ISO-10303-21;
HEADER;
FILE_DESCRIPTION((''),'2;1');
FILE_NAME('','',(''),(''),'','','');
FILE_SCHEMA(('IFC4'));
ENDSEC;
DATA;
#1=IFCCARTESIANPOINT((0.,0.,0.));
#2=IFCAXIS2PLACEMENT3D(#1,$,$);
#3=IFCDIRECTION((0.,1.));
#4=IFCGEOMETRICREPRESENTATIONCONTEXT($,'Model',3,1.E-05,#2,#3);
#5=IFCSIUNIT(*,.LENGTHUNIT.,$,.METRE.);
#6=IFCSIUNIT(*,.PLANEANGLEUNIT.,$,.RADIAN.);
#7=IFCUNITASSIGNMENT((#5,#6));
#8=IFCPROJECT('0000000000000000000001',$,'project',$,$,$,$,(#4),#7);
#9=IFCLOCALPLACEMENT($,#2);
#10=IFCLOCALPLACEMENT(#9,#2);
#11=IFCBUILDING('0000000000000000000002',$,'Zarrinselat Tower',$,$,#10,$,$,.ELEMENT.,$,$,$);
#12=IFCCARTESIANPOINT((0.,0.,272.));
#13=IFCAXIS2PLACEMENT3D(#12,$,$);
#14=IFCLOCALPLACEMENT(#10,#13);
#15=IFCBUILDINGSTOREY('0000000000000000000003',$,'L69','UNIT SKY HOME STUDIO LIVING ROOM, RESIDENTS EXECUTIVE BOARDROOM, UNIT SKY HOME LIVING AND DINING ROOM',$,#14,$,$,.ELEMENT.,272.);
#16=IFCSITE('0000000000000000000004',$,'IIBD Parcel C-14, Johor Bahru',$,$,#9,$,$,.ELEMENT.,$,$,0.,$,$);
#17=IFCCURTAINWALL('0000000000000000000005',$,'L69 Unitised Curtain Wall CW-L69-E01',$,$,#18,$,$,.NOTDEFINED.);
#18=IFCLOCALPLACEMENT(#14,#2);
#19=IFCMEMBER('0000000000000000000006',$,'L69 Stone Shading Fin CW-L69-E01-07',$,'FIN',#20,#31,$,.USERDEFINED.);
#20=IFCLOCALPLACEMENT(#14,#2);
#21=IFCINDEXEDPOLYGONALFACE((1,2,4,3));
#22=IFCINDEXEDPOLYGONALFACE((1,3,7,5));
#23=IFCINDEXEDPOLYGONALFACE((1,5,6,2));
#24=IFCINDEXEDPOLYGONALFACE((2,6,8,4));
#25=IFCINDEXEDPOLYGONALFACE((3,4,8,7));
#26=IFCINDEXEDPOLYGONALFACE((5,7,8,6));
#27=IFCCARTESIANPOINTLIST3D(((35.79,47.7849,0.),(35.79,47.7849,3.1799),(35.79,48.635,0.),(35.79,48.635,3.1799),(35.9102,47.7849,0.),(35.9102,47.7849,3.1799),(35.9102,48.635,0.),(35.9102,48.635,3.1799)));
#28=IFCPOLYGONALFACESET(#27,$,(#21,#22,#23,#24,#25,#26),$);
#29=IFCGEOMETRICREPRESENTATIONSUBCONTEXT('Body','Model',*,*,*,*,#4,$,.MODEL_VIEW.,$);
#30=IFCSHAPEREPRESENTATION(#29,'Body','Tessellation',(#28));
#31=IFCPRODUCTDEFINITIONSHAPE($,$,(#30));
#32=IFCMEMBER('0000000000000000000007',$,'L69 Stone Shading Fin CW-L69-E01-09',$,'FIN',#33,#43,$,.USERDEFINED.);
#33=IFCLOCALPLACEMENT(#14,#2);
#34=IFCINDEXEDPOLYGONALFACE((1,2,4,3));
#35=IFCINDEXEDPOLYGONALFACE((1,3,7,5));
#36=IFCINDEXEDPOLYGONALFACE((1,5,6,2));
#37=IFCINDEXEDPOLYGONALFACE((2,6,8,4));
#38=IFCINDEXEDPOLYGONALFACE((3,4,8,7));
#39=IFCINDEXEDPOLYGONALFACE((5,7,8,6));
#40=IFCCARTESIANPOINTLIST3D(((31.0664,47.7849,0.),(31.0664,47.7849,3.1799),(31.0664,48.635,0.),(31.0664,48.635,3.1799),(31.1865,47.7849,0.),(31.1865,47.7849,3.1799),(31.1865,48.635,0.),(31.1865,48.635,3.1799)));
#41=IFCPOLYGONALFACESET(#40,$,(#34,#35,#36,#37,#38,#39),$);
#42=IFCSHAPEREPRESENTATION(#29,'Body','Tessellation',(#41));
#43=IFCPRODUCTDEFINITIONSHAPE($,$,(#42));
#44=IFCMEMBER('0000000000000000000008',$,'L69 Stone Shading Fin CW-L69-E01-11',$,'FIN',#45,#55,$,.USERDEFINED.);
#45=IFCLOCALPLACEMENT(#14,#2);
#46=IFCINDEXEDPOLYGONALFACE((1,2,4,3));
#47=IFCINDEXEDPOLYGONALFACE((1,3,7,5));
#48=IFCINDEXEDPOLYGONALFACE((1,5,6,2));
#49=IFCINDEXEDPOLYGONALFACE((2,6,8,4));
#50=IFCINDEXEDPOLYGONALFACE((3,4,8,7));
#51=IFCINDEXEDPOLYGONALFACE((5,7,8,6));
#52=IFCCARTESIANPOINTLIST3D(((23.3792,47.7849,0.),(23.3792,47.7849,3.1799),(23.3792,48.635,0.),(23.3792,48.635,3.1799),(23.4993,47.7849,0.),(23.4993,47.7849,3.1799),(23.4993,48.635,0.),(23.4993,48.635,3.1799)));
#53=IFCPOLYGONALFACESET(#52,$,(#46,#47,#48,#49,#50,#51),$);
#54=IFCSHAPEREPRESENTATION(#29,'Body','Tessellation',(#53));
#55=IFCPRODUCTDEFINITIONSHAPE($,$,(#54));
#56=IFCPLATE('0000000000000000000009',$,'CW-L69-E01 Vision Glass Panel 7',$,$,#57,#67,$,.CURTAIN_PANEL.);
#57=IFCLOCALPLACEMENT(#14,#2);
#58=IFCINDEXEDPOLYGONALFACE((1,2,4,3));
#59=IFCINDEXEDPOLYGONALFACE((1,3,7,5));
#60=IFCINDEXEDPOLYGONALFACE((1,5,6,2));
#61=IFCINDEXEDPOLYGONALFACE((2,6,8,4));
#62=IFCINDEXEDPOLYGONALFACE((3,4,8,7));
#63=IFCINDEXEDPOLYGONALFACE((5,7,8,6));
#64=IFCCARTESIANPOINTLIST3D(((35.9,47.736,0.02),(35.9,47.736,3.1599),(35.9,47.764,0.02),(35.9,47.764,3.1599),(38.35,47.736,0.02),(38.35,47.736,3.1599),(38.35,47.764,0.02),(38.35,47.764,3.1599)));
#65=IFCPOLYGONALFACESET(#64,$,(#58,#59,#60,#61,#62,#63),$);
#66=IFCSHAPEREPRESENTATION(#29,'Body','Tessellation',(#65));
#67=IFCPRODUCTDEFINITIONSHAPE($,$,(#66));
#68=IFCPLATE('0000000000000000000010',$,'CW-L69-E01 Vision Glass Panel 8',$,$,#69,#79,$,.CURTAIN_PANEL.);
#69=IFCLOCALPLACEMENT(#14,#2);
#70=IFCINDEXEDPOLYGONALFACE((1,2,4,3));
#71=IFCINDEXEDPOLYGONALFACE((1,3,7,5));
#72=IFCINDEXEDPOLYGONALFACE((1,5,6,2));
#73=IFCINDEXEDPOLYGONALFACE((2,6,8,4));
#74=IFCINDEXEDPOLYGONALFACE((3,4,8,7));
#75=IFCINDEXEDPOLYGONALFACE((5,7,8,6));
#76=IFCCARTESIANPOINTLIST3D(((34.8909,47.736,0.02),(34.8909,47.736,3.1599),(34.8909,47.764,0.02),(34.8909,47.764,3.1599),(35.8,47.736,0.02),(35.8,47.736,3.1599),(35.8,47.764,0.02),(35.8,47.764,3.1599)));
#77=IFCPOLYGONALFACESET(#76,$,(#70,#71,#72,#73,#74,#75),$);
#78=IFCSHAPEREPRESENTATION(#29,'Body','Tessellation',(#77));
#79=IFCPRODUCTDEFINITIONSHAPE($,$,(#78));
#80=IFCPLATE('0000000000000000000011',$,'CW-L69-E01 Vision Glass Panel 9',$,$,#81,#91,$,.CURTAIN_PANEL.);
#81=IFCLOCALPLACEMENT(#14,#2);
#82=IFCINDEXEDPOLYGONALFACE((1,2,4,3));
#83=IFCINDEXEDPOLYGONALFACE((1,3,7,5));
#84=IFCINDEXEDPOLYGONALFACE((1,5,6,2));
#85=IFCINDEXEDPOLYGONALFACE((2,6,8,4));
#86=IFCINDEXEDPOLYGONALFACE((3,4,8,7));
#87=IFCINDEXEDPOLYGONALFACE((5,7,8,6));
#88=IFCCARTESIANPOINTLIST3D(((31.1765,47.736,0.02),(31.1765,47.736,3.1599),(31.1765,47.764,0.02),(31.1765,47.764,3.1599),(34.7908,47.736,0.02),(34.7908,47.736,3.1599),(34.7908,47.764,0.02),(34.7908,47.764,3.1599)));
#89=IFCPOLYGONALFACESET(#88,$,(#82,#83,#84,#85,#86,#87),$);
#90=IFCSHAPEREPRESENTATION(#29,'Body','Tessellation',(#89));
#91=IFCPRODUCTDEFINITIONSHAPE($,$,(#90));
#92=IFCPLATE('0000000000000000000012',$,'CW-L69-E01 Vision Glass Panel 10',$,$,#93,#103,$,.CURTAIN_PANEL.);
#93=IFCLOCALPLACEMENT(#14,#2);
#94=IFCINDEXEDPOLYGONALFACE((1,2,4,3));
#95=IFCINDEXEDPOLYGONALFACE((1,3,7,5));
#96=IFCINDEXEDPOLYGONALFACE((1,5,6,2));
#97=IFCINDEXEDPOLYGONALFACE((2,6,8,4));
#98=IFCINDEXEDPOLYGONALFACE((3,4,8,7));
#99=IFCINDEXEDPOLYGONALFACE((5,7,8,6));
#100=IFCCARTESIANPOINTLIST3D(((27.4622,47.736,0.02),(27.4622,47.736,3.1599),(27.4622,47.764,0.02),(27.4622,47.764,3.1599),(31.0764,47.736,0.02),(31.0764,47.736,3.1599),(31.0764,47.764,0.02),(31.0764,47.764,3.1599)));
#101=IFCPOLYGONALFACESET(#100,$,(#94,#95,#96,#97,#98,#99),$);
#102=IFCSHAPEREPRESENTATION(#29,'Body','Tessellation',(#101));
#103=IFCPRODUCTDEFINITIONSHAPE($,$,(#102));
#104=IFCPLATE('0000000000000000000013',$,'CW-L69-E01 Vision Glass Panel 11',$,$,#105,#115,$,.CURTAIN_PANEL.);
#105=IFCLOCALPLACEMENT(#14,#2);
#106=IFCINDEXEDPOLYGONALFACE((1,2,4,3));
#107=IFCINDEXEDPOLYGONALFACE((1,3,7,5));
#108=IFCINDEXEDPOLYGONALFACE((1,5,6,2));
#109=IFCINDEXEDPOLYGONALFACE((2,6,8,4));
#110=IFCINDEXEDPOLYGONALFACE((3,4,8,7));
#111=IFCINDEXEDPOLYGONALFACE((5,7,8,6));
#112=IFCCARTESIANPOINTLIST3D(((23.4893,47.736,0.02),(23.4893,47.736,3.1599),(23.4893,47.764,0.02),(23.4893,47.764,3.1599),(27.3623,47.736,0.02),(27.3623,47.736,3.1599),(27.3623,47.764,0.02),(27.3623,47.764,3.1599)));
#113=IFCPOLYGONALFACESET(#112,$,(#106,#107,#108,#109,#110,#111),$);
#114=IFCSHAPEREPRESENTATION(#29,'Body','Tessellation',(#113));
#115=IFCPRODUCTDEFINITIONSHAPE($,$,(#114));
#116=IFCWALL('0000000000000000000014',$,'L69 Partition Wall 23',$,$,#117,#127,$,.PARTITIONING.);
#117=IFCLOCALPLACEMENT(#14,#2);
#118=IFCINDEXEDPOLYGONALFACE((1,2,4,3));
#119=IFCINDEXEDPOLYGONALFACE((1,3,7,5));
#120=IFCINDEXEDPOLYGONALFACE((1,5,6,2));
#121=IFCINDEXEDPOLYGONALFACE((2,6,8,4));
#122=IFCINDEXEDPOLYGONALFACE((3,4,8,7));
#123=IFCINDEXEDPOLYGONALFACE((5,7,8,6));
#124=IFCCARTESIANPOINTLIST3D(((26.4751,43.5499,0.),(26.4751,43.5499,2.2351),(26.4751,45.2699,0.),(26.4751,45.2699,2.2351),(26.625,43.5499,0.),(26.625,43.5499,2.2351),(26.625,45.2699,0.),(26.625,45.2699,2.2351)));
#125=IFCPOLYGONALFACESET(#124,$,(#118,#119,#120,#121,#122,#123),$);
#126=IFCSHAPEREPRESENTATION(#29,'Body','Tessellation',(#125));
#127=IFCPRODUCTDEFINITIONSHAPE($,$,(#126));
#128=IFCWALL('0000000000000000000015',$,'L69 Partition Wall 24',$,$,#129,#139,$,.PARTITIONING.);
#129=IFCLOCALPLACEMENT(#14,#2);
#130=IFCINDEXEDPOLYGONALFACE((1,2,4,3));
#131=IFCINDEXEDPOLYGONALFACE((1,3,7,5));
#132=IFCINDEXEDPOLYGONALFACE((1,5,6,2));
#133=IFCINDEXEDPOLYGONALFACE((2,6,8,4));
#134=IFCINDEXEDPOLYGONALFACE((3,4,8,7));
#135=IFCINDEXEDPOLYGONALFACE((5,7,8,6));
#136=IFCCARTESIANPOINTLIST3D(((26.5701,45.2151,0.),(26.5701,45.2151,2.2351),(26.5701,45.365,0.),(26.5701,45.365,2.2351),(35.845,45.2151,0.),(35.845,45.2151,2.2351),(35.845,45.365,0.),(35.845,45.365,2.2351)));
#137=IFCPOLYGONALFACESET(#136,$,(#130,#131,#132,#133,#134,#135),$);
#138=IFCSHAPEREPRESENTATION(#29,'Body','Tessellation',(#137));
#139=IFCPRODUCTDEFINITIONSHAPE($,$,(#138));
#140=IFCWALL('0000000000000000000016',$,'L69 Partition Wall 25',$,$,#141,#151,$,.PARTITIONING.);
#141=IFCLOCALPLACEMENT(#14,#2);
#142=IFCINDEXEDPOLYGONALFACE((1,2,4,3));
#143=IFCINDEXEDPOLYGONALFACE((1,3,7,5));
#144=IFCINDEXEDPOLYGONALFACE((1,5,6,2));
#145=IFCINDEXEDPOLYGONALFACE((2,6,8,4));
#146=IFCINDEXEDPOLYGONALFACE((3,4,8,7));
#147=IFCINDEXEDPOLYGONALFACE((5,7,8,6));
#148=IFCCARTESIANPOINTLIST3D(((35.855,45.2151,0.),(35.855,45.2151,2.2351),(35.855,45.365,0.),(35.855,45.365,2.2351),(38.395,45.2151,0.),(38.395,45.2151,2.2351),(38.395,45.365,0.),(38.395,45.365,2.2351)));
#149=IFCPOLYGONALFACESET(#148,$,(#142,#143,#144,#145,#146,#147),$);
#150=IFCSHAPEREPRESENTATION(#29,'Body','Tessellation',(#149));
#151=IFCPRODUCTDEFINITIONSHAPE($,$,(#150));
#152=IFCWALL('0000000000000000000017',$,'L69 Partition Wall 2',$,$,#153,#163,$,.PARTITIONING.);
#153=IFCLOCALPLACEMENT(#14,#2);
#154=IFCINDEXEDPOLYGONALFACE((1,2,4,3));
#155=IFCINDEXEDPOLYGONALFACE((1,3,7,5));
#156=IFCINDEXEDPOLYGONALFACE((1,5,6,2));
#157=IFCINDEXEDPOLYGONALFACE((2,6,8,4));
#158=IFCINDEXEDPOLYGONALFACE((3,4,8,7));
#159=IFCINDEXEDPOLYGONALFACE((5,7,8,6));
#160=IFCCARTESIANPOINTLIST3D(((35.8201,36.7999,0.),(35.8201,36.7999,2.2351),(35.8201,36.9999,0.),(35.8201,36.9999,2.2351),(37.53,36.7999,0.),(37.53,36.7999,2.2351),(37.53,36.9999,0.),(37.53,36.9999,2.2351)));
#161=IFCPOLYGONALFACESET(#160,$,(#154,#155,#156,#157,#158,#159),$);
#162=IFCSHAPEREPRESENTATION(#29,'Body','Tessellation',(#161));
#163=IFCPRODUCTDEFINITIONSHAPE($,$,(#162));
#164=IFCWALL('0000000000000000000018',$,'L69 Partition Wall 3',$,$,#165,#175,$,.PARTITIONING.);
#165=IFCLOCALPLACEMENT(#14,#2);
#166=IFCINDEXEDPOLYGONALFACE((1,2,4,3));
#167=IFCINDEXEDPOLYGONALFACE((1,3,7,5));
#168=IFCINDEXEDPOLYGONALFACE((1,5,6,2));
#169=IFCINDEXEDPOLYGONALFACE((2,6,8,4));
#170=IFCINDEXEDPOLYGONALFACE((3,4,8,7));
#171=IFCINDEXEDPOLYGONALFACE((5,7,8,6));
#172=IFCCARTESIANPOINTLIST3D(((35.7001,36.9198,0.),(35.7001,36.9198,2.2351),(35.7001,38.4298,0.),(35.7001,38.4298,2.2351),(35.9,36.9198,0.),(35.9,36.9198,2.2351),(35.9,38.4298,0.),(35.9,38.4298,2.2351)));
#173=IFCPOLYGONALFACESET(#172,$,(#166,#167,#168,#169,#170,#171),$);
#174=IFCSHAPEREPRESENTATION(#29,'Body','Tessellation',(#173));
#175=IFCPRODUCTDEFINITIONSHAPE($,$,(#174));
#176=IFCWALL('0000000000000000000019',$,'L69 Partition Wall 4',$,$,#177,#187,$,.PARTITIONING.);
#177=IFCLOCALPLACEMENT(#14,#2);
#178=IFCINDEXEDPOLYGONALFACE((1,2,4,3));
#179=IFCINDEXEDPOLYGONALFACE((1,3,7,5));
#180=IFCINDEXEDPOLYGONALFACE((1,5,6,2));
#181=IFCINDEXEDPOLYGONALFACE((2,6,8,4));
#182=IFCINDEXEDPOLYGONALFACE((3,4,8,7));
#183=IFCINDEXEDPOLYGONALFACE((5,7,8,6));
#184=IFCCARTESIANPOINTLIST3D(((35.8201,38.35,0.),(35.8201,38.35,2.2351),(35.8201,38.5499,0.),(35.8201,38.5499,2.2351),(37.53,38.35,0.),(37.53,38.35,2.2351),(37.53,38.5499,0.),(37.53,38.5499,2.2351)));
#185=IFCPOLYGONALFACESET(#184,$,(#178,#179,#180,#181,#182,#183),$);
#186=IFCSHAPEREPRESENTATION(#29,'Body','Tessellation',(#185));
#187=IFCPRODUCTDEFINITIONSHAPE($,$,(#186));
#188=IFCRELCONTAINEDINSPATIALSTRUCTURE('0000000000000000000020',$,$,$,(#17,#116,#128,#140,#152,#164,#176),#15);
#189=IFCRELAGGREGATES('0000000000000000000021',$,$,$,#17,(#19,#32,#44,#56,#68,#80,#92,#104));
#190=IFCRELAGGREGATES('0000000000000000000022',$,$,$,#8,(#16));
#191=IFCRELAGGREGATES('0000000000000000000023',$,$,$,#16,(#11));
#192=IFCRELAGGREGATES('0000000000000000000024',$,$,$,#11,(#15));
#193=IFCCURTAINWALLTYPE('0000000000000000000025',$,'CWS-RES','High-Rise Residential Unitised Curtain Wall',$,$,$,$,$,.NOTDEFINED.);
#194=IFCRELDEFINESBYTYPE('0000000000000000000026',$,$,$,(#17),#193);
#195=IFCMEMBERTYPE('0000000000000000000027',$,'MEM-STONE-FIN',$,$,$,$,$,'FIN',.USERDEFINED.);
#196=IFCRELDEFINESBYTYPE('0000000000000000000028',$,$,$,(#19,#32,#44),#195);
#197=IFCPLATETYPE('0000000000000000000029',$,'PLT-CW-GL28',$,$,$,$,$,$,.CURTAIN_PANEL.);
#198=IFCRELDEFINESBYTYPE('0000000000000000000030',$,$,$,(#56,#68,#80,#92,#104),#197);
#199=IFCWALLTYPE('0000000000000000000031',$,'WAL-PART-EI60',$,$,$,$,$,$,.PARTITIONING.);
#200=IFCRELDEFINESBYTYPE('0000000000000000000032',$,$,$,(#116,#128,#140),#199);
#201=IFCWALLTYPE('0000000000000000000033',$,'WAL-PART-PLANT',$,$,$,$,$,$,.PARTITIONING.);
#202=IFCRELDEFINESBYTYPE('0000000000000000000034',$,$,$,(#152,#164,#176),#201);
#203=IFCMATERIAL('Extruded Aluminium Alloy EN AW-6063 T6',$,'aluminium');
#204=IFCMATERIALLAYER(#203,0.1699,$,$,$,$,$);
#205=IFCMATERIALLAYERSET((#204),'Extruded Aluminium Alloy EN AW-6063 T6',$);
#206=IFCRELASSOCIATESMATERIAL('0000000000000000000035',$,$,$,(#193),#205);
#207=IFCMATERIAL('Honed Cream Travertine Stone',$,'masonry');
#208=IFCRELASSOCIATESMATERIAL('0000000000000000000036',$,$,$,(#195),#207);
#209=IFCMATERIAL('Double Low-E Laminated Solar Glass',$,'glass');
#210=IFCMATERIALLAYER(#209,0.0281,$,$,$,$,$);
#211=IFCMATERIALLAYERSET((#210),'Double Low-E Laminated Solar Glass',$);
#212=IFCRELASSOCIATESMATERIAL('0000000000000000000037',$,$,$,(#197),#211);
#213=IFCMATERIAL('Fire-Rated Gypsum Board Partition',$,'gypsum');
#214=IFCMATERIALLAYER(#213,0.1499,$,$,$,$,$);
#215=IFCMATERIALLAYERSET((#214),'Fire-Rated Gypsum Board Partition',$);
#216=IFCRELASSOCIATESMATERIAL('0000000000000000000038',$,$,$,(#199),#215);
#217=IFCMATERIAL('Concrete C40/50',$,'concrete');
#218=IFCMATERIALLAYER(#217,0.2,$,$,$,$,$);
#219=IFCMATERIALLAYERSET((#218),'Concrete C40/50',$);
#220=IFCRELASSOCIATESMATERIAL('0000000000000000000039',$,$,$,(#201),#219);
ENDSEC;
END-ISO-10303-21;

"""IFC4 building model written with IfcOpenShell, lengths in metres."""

from ifc_helpers import new_model, si_unit, direction, frame, frame_2d, origin, origin_2d, place, context, subcontext, project, spatial, rectangle, extrude, material, layer, layer_set, material_profile, profile_set, type_object, element, aggregate, save


model = new_model("IFC4")

# Units and contexts
model_context = context("Model", 3, precision=1e-05, world=origin(), true_north=direction((0.0, 1.0)))
body_context = subcontext(model_context, "Body", "Model", "MODEL_VIEW")
ifc_project = project(units=[si_unit("LENGTHUNIT", "METRE"), si_unit("PLANEANGLEUNIT", "RADIAN")], contexts=[model_context])

# Site, building, storey
site_placement = place(None, origin())
site = spatial("IfcSite", under=ifc_project, at=site_placement, Name="IIBD Parcel C-14, Johor Bahru", CompositionType="ELEMENT", RefElevation=0.0)
building_placement = place(site_placement, origin())
building = spatial("IfcBuilding", under=site, at=building_placement, Name="Zarrinselat Tower", CompositionType="ELEMENT")
storey_placement = place(building_placement, frame((0.0, 0.0, 272.0)))
storey = spatial("IfcBuildingStorey", under=building, at=storey_placement, Name="L69", Description="UNIT SKY HOME STUDIO LIVING ROOM, RESIDENTS EXECUTIVE BOARDROOM, UNIT SKY HOME LIVING AND DINING ROOM", CompositionType="ELEMENT", Elevation=272.0)

# Curtain wall, members, plates
ifc_material_1 = material(Name="Extruded Aluminium Alloy EN AW-6063 T6", Category="aluminium")
ifc_layer_1 = layer(ifc_material_1, 0.1699)
ifc_layer_set_1 = layer_set([ifc_layer_1], Name="Extruded Aluminium Alloy EN AW-6063 T6")
curtain_wall_type = type_object("IfcCurtainWallType", Name="CWS-RES", Description="High-Rise Residential Unitised Curtain Wall", PredefinedType="NOTDEFINED", material=ifc_layer_set_1)
curtain_wall_placement = place(storey_placement, origin())
curtain_wall = element("IfcCurtainWall", 1, at=curtain_wall_placement, inside=storey, type_object=curtain_wall_type, Name="L69 Unitised Curtain Wall CW-L69-E01", PredefinedType="NOTDEFINED")
ifc_material_2 = material(Name="Honed Cream Travertine Stone", Category="masonry")
ifc_material_profile_1 = material_profile(ifc_material_2, rectangle(XDim=0.1201, YDim=0.8501, at=origin_2d()), Name="FIN 850x120")
ifc_profile_set_1 = profile_set([ifc_material_profile_1], Name="Honed Cream Travertine Stone")
member_type_1 = type_object("IfcMemberType", Name="MEM-STONE-FIN", ElementType="FIN", PredefinedType="USERDEFINED", material=ifc_profile_set_1)
member_1_placement = place(storey_placement, frame((35.8501, 48.21, 0.0), z_axis=(0.0, 0.0, 1.0), x_axis=(1.0, 0.0, 0.0)))
member_1 = element("IfcMember", 2, at=member_1_placement, type_object=member_type_1, Name="L69 Stone Shading Fin CW-L69-E01-07", ObjectType="FIN", PredefinedType="USERDEFINED", context=body_context, shape_type="SweptSolid", body=[
    extrude(rectangle(XDim=0.1201, YDim=0.8501, at=origin_2d()), origin(), (0.0, 0.0, 1.0), 3.1799),
])
member_2_placement = place(storey_placement, frame((31.1265, 48.21, 0.0), z_axis=(0.0, 0.0, 1.0), x_axis=(1.0, 0.0, 0.0)))
member_2 = element("IfcMember", 3, at=member_2_placement, type_object=member_type_1, Name="L69 Stone Shading Fin CW-L69-E01-09", ObjectType="FIN", PredefinedType="USERDEFINED", context=body_context, shape_type="SweptSolid", body=[
    extrude(rectangle(XDim=0.1201, YDim=0.8501, at=origin_2d()), origin(), (0.0, 0.0, 1.0), 3.1799),
])
member_3_placement = place(storey_placement, frame((23.4392, 48.21, 0.0), z_axis=(0.0, 0.0, 1.0), x_axis=(1.0, 0.0, 0.0)))
member_3 = element("IfcMember", 4, at=member_3_placement, type_object=member_type_1, Name="L69 Stone Shading Fin CW-L69-E01-11", ObjectType="FIN", PredefinedType="USERDEFINED", context=body_context, shape_type="SweptSolid", body=[
    extrude(rectangle(XDim=0.1201, YDim=0.8501, at=origin_2d()), origin(), (0.0, 0.0, 1.0), 3.1799),
])
ifc_material_3 = material(Name="Double Low-E Laminated Solar Glass", Category="glass")
ifc_layer_2 = layer(ifc_material_3, 0.0281)
ifc_layer_set_2 = layer_set([ifc_layer_2], Name="Double Low-E Laminated Solar Glass")
plate_type = type_object("IfcPlateType", Name="PLT-CW-GL28", PredefinedType="CURTAIN_PANEL", material=ifc_layer_set_2)
plate_1_placement = place(storey_placement, frame((37.125, 47.75, 0.02), z_axis=(0.0, 0.0, 1.0), x_axis=(-1.0, 0.0, 0.0)))
plate_1 = element("IfcPlate", 5, at=plate_1_placement, type_object=plate_type, Name="CW-L69-E01 Vision Glass Panel 7", PredefinedType="CURTAIN_PANEL", context=body_context, shape_type="SweptSolid", body=[
    extrude(rectangle(XDim=2.45, YDim=0.0281, at=origin_2d()), origin(), (0.0, 0.0, 1.0), 3.1399),
])
plate_2_placement = place(storey_placement, frame((35.3455, 47.75, 0.02), z_axis=(0.0, 0.0, 1.0), x_axis=(-1.0, 0.0, 0.0)))
plate_2 = element("IfcPlate", 6, at=plate_2_placement, type_object=plate_type, Name="CW-L69-E01 Vision Glass Panel 8", PredefinedType="CURTAIN_PANEL", context=body_context, shape_type="SweptSolid", body=[
    extrude(rectangle(XDim=0.9092, YDim=0.0281, at=origin_2d()), origin(), (0.0, 0.0, 1.0), 3.1399),
])
plate_3_placement = place(storey_placement, frame((32.9836, 47.75, 0.02), z_axis=(0.0, 0.0, 1.0), x_axis=(-1.0, 0.0, 0.0)))
plate_3 = element("IfcPlate", 7, at=plate_3_placement, type_object=plate_type, Name="CW-L69-E01 Vision Glass Panel 9", PredefinedType="CURTAIN_PANEL", context=body_context, shape_type="SweptSolid", body=[
    extrude(rectangle(XDim=3.6143, YDim=0.0281, at=origin_2d()), origin(), (0.0, 0.0, 1.0), 3.1399),
])
plate_4_placement = place(storey_placement, frame((29.2693, 47.75, 0.02), z_axis=(0.0, 0.0, 1.0), x_axis=(-1.0, 0.0, 0.0)))
plate_4 = element("IfcPlate", 8, at=plate_4_placement, type_object=plate_type, Name="CW-L69-E01 Vision Glass Panel 10", PredefinedType="CURTAIN_PANEL", context=body_context, shape_type="SweptSolid", body=[
    extrude(rectangle(XDim=3.6143, YDim=0.0281, at=origin_2d()), origin(), (0.0, 0.0, 1.0), 3.1399),
])
plate_5_placement = place(storey_placement, frame((25.4258, 47.75, 0.02), z_axis=(0.0, 0.0, 1.0), x_axis=(-1.0, 0.0, 0.0)))
plate_5 = element("IfcPlate", 9, at=plate_5_placement, type_object=plate_type, Name="CW-L69-E01 Vision Glass Panel 11", PredefinedType="CURTAIN_PANEL", context=body_context, shape_type="SweptSolid", body=[
    extrude(rectangle(XDim=3.873, YDim=0.0281, at=origin_2d()), origin(), (0.0, 0.0, 1.0), 3.1399),
])
aggregate(curtain_wall, [member_1, member_2, member_3, plate_1, plate_2, plate_3, plate_4, plate_5])

# Walls
ifc_material_4 = material(Name="Fire-Rated Gypsum Board Partition", Category="gypsum")
ifc_layer_3 = layer(ifc_material_4, 0.1499)
ifc_layer_set_3 = layer_set([ifc_layer_3], Name="Fire-Rated Gypsum Board Partition")
wall_type_1 = type_object("IfcWallType", Name="WAL-PART-EI60", PredefinedType="PARTITIONING", material=ifc_layer_set_3)
wall_1_placement = place(storey_placement, frame((26.55, 43.55, 0.0), z_axis=(0.0, 0.0, 1.0), x_axis=(0.0, 1.0, 0.0)))
element("IfcWall", 10, at=wall_1_placement, inside=storey, type_object=wall_type_1, Name="L69 Partition Wall 23", PredefinedType="PARTITIONING", context=body_context, shape_type="SweptSolid", body=[
    extrude(rectangle(XDim=1.72, YDim=0.1499, at=frame_2d((0.8599, 0.0))), origin(), (0.0, 0.0, 1.0), 2.2351),
])
wall_2_placement = place(storey_placement, frame((26.5701, 45.29, 0.0), z_axis=(0.0, 0.0, 1.0), x_axis=(1.0, 0.0, 0.0)))
element("IfcWall", 11, at=wall_2_placement, inside=storey, type_object=wall_type_1, Name="L69 Partition Wall 24", PredefinedType="PARTITIONING", context=body_context, shape_type="SweptSolid", body=[
    extrude(rectangle(XDim=9.2749, YDim=0.1499, at=frame_2d((4.6375, 0.0))), origin(), (0.0, 0.0, 1.0), 2.2351),
])
wall_3_placement = place(storey_placement, frame((35.855, 45.29, 0.0), z_axis=(0.0, 0.0, 1.0), x_axis=(1.0, 0.0, 0.0)))
element("IfcWall", 12, at=wall_3_placement, inside=storey, type_object=wall_type_1, Name="L69 Partition Wall 25", PredefinedType="PARTITIONING", context=body_context, shape_type="SweptSolid", body=[
    extrude(rectangle(XDim=2.54, YDim=0.1499, at=frame_2d((1.27, 0.0))), origin(), (0.0, 0.0, 1.0), 2.2351),
])
ifc_material_5 = material(Name="Concrete C40/50", Category="concrete")
ifc_layer_4 = layer(ifc_material_5, 0.2)
ifc_layer_set_4 = layer_set([ifc_layer_4], Name="Concrete C40/50")
wall_type_2 = type_object("IfcWallType", Name="WAL-PART-PLANT", PredefinedType="PARTITIONING", material=ifc_layer_set_4)
wall_4_placement = place(storey_placement, frame((35.8201, 36.8999, 0.0), z_axis=(0.0, 0.0, 1.0), x_axis=(1.0, 0.0, 0.0)))
element("IfcWall", 13, at=wall_4_placement, inside=storey, type_object=wall_type_2, Name="L69 Partition Wall 2", PredefinedType="PARTITIONING", context=body_context, shape_type="SweptSolid", body=[
    extrude(rectangle(XDim=1.71, YDim=0.2, at=frame_2d((0.855, 0.0))), origin(), (0.0, 0.0, 1.0), 2.2351),
])
wall_5_placement = place(storey_placement, frame((35.8, 36.9199, 0.0), z_axis=(0.0, 0.0, 1.0), x_axis=(0.0, 1.0, 0.0)))
element("IfcWall", 14, at=wall_5_placement, inside=storey, type_object=wall_type_2, Name="L69 Partition Wall 3", PredefinedType="PARTITIONING", context=body_context, shape_type="SweptSolid", body=[
    extrude(rectangle(XDim=1.51, YDim=0.2, at=frame_2d((0.7549, 0.0))), origin(), (0.0, 0.0, 1.0), 2.2351),
])
wall_6_placement = place(storey_placement, frame((35.8201, 38.45, 0.0), z_axis=(0.0, 0.0, 1.0), x_axis=(1.0, 0.0, 0.0)))
element("IfcWall", 15, at=wall_6_placement, inside=storey, type_object=wall_type_2, Name="L69 Partition Wall 4", PredefinedType="PARTITIONING", context=body_context, shape_type="SweptSolid", body=[
    extrude(rectangle(XDim=1.71, YDim=0.2, at=frame_2d((0.855, 0.0))), origin(), (0.0, 0.0, 1.0), 2.2351),
])

save(model, "model.ifc")
